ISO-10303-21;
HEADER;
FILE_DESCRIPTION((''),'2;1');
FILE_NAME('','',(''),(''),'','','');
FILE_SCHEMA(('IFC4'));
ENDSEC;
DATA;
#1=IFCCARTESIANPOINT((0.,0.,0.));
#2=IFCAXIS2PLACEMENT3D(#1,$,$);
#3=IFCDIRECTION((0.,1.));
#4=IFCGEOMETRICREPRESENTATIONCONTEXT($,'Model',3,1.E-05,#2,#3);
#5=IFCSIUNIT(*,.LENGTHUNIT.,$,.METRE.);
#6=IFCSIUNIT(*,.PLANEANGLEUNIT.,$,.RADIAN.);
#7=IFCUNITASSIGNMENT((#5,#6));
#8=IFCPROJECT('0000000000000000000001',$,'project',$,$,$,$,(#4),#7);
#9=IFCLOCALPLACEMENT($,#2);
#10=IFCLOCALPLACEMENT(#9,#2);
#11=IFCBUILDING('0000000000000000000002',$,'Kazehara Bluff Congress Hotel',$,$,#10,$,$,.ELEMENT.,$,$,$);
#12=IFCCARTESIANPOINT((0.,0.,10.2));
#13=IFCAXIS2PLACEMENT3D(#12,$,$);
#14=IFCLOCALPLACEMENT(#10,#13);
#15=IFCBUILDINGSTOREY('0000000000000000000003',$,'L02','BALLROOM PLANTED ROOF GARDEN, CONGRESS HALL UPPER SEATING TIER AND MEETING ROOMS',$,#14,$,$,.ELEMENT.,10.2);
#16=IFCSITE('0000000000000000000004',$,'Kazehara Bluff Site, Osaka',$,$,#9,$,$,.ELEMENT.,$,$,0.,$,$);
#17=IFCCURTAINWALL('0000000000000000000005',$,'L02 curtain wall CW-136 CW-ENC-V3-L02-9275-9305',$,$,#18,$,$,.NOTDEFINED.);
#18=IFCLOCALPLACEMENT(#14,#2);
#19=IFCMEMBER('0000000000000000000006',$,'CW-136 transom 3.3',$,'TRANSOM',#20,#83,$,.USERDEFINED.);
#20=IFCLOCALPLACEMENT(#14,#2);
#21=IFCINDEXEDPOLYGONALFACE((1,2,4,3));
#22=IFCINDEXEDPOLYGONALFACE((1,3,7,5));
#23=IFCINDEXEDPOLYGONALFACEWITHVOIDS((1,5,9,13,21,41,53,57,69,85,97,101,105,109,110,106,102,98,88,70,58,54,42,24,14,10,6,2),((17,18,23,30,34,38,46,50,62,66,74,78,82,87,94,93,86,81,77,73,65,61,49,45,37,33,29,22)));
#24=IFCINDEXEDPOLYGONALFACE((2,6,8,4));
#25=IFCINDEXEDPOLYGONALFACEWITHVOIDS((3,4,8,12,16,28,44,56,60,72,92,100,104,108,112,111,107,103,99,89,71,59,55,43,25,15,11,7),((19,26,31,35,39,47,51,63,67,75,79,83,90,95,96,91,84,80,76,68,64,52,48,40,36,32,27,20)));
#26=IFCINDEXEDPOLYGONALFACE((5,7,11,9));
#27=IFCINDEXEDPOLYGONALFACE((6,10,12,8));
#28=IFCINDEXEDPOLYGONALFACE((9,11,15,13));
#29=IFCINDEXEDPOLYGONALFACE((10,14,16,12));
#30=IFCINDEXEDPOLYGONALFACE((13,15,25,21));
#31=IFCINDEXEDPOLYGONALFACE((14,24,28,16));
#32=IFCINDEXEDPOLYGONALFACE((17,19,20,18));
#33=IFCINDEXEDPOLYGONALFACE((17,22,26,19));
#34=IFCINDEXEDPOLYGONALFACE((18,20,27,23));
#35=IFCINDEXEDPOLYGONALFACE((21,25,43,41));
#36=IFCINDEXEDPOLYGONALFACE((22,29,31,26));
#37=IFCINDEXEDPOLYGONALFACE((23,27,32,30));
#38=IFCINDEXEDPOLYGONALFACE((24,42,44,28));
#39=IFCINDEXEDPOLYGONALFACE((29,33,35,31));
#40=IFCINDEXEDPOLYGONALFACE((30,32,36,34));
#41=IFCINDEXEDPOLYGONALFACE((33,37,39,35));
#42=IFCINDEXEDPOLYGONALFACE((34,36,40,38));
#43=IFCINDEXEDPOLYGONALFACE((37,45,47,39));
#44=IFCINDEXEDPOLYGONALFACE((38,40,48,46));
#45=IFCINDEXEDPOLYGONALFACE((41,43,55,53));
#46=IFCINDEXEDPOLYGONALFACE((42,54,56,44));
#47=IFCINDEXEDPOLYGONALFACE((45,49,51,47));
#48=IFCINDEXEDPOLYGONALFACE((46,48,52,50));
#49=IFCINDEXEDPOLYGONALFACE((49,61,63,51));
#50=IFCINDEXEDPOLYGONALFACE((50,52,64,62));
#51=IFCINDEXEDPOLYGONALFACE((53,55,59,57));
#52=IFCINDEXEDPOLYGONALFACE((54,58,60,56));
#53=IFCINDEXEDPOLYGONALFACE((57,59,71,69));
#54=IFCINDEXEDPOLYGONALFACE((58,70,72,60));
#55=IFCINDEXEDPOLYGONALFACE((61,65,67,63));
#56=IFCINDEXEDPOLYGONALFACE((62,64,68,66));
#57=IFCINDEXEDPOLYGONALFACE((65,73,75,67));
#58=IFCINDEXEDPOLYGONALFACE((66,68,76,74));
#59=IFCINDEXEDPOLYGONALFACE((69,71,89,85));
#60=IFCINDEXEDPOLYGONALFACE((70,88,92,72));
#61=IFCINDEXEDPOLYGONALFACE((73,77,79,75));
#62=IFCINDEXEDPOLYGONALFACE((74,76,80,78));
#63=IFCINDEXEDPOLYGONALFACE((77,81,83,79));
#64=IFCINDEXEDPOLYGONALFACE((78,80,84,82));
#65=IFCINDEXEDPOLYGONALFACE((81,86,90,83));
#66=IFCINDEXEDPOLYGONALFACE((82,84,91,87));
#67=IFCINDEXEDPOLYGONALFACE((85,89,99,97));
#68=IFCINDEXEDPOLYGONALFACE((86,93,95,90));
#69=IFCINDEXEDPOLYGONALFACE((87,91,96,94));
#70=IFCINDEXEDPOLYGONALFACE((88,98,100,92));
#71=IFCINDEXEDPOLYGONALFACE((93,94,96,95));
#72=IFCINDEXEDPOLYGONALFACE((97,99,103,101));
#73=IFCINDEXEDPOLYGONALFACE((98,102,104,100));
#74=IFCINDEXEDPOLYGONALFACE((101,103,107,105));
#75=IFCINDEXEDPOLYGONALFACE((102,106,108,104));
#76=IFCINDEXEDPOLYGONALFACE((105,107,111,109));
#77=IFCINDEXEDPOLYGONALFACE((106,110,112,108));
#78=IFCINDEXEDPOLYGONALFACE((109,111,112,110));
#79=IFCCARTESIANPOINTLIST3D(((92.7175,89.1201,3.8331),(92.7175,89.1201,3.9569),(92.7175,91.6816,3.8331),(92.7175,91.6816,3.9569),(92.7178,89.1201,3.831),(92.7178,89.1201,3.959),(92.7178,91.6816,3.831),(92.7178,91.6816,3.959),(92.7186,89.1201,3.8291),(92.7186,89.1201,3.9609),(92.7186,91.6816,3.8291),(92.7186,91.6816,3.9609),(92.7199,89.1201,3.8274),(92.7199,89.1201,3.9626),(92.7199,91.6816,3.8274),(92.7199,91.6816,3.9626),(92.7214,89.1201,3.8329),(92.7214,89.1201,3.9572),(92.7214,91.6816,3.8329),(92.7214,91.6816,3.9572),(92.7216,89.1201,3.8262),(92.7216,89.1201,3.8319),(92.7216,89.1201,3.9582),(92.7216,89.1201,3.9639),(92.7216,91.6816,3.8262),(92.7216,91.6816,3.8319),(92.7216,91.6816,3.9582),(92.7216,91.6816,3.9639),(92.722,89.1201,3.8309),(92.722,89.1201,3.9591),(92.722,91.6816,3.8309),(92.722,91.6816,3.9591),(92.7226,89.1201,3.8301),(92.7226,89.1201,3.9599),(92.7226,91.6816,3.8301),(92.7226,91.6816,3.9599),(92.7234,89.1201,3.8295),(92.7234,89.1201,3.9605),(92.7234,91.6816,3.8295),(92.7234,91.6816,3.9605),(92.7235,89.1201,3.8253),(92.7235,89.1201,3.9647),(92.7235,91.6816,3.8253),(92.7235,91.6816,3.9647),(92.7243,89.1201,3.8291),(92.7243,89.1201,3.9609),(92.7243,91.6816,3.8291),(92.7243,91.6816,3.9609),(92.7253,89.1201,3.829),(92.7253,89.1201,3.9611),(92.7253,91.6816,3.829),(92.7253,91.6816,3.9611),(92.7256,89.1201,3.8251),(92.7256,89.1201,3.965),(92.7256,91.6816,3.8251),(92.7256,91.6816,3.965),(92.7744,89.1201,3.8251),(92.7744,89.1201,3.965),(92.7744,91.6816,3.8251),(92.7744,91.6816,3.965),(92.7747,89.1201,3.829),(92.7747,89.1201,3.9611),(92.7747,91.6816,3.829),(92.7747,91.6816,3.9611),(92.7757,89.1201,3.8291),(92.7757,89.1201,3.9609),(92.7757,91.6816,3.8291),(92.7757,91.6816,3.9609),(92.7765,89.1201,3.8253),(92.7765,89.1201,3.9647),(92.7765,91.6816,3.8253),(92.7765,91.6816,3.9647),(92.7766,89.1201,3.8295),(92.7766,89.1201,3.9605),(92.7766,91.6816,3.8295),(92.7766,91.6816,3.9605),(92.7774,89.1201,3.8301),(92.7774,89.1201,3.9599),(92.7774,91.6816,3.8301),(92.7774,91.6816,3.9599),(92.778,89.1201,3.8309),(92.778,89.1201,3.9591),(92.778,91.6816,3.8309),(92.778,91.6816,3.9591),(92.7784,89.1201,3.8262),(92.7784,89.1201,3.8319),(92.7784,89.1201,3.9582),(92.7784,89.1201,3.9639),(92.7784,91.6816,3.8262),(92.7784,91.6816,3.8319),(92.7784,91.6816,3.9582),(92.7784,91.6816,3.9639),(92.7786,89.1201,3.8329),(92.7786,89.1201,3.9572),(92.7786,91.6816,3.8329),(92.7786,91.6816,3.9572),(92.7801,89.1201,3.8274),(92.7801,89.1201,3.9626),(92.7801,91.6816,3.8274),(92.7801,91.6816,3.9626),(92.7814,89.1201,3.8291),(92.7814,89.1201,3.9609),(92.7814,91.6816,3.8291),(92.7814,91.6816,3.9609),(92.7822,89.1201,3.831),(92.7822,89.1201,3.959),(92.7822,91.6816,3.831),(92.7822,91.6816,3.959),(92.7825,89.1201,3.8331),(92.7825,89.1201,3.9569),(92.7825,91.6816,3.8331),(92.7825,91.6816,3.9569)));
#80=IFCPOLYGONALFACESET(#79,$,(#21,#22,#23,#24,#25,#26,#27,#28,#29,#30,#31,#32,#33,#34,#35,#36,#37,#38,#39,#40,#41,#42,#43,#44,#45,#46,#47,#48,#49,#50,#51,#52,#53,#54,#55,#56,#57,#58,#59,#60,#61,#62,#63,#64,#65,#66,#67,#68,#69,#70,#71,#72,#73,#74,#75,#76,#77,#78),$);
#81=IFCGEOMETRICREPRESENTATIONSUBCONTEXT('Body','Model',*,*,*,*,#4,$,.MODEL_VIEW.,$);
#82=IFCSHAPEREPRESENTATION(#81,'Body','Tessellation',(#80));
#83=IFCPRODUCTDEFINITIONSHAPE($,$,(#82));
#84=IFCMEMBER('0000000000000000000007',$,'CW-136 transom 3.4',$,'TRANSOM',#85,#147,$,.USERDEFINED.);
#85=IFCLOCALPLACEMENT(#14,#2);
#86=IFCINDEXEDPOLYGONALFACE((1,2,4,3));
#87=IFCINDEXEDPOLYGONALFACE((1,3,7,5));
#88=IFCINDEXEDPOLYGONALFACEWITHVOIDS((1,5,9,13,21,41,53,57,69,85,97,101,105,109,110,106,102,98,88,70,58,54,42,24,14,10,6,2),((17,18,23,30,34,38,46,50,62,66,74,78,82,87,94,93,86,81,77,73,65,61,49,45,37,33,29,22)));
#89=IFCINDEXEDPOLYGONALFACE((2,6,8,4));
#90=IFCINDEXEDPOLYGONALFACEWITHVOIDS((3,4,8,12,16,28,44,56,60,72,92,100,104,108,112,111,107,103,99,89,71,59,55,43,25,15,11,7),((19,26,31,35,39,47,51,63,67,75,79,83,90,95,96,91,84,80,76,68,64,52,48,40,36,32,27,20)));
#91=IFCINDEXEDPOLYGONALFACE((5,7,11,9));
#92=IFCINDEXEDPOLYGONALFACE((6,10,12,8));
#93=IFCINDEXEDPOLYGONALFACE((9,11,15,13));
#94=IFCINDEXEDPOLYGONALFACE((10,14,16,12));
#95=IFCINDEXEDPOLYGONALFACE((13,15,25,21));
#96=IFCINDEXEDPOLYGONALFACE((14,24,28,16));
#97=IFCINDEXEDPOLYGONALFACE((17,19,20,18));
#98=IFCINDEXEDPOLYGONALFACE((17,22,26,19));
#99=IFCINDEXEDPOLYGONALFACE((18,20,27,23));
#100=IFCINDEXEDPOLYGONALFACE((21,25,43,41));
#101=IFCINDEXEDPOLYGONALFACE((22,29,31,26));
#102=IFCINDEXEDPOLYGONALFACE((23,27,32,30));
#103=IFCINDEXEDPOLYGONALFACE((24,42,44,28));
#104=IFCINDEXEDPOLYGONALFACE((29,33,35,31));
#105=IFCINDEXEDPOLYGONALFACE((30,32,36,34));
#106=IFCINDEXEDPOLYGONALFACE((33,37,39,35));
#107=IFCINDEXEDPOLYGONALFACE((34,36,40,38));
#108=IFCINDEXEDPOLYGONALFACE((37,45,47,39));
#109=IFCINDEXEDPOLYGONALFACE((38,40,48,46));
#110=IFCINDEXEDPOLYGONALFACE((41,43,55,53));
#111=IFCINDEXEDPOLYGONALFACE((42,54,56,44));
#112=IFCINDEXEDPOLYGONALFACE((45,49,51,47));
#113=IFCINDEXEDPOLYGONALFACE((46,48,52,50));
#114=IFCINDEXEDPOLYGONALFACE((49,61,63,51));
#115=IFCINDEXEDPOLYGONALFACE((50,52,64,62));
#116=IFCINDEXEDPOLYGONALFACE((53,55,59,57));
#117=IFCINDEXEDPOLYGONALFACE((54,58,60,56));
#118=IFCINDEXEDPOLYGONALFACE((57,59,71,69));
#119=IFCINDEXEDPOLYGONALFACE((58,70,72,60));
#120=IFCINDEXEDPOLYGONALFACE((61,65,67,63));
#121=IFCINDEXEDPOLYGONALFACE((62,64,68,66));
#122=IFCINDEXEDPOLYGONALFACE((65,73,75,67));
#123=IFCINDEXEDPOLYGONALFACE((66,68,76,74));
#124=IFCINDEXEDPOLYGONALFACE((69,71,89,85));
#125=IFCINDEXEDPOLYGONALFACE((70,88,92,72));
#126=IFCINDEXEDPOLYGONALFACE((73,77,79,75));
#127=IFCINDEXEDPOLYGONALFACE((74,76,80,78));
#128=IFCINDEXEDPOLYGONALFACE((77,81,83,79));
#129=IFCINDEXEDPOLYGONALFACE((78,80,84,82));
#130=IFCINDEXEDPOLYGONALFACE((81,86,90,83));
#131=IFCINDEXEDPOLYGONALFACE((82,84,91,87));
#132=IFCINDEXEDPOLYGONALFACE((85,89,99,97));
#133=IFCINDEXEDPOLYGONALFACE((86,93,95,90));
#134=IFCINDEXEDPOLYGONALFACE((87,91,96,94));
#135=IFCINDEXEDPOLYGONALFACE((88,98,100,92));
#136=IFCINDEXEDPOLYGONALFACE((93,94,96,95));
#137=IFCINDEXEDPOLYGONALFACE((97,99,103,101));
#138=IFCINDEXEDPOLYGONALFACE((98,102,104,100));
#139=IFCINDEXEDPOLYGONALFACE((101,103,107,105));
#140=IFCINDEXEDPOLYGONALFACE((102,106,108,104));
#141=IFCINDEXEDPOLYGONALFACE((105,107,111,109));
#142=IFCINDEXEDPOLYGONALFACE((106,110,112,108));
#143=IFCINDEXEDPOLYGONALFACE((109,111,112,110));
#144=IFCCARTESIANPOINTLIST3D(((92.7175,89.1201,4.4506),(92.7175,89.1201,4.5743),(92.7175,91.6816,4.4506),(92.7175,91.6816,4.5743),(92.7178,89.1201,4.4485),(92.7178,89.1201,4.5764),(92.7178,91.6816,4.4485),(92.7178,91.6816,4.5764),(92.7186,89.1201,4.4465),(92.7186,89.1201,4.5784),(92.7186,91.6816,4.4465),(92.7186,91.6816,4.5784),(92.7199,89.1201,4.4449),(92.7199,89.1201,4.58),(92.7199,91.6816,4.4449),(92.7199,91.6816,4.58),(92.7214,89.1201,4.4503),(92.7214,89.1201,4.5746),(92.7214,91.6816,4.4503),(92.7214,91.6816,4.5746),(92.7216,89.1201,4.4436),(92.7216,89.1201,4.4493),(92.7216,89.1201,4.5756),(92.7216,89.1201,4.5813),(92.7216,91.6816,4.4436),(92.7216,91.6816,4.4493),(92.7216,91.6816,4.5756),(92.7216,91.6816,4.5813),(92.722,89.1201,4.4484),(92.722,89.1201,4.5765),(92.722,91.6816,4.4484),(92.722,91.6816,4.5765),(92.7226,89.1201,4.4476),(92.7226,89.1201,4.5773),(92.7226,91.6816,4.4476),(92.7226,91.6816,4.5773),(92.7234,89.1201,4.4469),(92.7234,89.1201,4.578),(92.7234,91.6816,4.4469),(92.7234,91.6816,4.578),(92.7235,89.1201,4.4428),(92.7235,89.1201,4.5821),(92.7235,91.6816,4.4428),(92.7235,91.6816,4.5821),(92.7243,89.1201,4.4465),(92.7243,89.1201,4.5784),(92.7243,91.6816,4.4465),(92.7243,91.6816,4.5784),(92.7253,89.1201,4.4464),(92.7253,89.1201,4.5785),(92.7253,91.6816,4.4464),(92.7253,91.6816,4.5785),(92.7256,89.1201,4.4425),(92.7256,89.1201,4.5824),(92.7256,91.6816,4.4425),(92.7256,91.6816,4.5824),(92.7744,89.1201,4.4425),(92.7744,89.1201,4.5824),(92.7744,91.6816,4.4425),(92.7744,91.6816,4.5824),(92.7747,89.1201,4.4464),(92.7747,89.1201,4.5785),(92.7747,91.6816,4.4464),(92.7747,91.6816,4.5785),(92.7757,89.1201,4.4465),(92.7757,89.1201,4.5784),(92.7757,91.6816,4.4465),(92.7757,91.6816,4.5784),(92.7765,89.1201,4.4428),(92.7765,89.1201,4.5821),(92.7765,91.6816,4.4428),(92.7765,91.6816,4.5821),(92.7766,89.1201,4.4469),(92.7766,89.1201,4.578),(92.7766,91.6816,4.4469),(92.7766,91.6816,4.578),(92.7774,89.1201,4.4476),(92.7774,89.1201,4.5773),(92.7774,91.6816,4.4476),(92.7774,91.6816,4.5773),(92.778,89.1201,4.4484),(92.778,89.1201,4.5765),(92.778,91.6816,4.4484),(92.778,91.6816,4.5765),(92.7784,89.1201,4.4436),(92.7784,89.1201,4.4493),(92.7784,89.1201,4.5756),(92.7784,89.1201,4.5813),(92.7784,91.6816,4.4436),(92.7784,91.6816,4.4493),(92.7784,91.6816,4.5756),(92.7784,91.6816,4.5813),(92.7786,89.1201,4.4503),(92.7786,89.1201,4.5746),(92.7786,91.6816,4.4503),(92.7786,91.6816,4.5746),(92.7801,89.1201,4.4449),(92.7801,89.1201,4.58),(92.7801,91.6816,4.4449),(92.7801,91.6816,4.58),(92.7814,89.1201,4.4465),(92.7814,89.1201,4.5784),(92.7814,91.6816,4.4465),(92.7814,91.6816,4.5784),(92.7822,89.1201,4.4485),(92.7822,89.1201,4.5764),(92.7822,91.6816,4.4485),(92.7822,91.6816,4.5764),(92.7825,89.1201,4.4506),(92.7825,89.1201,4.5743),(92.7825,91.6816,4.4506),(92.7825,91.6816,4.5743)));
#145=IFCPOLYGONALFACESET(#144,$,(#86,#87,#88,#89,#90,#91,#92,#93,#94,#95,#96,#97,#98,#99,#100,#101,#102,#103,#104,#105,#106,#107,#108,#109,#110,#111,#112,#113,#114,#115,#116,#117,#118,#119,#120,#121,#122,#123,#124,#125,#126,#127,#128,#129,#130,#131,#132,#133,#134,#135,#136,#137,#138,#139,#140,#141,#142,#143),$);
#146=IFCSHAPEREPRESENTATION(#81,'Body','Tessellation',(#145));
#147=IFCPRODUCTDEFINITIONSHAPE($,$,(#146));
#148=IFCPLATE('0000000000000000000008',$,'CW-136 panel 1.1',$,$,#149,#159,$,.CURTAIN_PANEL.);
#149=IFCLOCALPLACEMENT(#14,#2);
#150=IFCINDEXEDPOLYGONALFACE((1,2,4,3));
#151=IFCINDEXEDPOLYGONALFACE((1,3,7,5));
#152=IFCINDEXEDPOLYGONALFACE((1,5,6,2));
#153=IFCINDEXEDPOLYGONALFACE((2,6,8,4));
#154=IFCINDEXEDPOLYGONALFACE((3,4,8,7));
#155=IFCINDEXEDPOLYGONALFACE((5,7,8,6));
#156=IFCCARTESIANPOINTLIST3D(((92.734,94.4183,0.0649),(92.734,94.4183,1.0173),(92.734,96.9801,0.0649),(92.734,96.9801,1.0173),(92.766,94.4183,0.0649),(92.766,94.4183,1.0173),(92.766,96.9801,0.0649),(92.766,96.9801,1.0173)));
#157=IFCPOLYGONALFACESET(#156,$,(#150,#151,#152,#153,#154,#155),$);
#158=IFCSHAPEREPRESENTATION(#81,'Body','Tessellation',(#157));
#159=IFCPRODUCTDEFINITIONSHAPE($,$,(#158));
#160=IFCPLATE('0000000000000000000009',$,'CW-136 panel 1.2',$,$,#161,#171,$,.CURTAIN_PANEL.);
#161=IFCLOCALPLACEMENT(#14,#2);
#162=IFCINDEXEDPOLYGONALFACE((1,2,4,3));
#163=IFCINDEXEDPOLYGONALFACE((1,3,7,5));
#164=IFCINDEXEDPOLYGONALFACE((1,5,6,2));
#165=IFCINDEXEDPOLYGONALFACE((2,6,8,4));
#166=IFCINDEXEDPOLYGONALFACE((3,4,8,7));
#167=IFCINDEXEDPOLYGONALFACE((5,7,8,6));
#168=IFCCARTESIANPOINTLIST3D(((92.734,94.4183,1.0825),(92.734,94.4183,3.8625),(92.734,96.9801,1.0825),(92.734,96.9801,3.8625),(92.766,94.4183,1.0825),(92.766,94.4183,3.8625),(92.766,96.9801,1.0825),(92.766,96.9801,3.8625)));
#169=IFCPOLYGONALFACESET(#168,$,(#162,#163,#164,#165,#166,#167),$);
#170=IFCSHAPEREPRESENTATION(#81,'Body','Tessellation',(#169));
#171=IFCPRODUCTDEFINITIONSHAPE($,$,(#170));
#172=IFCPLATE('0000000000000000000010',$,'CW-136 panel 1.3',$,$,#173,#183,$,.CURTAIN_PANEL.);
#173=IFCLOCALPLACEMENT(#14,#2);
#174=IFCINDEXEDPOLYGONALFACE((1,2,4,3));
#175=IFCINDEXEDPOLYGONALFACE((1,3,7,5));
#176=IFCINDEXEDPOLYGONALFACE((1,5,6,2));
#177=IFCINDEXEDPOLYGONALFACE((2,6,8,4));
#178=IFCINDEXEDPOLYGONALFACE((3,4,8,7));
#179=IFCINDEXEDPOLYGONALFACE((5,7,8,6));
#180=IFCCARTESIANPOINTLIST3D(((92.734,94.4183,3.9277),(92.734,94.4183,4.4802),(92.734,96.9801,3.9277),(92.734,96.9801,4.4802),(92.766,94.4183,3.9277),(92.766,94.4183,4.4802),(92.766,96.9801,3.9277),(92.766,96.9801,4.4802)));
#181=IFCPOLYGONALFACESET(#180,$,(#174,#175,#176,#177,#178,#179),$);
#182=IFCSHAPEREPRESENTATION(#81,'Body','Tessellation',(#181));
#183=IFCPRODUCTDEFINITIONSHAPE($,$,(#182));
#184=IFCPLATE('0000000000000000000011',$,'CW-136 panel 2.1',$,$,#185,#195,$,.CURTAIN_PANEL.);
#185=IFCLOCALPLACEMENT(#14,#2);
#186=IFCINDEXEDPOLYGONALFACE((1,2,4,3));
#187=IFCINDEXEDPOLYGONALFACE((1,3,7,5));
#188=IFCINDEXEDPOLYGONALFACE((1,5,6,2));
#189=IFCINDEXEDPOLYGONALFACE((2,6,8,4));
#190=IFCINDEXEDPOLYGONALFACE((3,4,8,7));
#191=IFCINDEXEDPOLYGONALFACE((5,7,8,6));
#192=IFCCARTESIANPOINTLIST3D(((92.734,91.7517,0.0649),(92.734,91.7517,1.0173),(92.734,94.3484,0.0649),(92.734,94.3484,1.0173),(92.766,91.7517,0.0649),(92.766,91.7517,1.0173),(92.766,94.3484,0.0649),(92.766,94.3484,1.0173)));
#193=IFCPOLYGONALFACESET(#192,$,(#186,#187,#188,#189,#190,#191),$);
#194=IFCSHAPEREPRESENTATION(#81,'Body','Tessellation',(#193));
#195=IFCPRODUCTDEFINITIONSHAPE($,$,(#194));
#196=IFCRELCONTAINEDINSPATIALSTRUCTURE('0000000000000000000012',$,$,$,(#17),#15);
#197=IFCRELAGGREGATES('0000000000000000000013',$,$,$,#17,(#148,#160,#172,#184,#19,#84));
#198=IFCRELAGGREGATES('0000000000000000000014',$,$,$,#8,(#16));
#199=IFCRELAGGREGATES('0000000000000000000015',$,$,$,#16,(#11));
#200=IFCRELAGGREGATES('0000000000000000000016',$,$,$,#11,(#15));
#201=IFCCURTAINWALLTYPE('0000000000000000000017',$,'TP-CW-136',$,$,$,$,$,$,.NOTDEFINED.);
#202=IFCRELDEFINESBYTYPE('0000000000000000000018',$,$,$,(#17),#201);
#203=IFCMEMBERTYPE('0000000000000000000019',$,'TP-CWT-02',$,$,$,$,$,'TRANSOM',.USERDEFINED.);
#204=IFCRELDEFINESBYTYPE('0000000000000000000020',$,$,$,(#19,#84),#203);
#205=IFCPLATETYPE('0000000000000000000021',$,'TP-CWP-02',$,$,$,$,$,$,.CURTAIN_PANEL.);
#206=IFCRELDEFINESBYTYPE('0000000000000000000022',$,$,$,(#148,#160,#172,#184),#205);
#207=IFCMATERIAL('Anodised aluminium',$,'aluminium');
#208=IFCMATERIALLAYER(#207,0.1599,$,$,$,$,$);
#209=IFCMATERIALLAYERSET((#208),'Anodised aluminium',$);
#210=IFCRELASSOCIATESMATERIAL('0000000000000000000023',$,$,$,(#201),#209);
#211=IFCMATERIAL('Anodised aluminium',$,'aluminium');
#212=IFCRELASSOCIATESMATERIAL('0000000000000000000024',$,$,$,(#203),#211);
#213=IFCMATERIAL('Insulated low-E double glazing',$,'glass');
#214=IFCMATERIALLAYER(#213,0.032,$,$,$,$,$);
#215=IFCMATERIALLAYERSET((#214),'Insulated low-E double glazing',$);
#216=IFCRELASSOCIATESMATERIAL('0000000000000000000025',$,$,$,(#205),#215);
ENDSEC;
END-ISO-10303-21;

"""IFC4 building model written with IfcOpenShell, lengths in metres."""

from ifc_helpers import new_model, si_unit, direction, frame, origin, origin_2d, place, context, subcontext, project, spatial, rectangle, hollow_rectangle, extrude, material, layer, layer_set, material_profile, profile_set, type_object, element, aggregate, save


model = new_model("IFC4")

# Units and contexts
model_context = context("Model", 3, precision=1e-05, world=origin(), true_north=direction((0.0, 1.0)))
body_context = subcontext(model_context, "Body", "Model", "MODEL_VIEW")
ifc_project = project(units=[si_unit("LENGTHUNIT", "METRE"), si_unit("PLANEANGLEUNIT", "RADIAN")], contexts=[model_context])

# Site, building, storey
site_placement = place(None, origin())
site = spatial("IfcSite", under=ifc_project, at=site_placement, Name="Kazehara Bluff Site, Osaka", CompositionType="ELEMENT", RefElevation=0.0)
building_placement = place(site_placement, origin())
building = spatial("IfcBuilding", under=site, at=building_placement, Name="Kazehara Bluff Congress Hotel", CompositionType="ELEMENT")
storey_placement = place(building_placement, frame((0.0, 0.0, 10.2)))
storey = spatial("IfcBuildingStorey", under=building, at=storey_placement, Name="L02", Description="BALLROOM PLANTED ROOF GARDEN, CONGRESS HALL UPPER SEATING TIER AND MEETING ROOMS", CompositionType="ELEMENT", Elevation=10.2)

# Curtain wall
ifc_material_1 = material(Name="Anodised aluminium", Category="aluminium")
ifc_layer_1 = layer(ifc_material_1, 0.1599)
ifc_layer_set_1 = layer_set([ifc_layer_1], Name="Anodised aluminium")
curtain_wall_type_1 = type_object("IfcCurtainWallType", Name="TP-CW-136", PredefinedType="NOTDEFINED", material=ifc_layer_set_1)
curtain_wall_1_placement = place(storey_placement, origin())
curtain_wall_1 = element("IfcCurtainWall", 1, at=curtain_wall_1_placement, inside=storey, type_object=curtain_wall_type_1, Name="L02 curtain wall CW-136 CW-ENC-V3-L02-9275-9305", PredefinedType="NOTDEFINED")

# Members
ifc_material_2 = material(Name="Anodised aluminium", Category="aluminium")
ifc_material_profile_1 = material_profile(ifc_material_2, hollow_rectangle(XDim=0.0649, YDim=0.1399, WallThickness=0.0039, InnerFilletRadius=0.0039, OuterFilletRadius=0.0081, at=origin_2d()))
ifc_profile_set_1 = profile_set([ifc_material_profile_1], Name="Anodised aluminium")
member_type_1 = type_object("IfcMemberType", Name="TP-CWT-02", ElementType="TRANSOM", PredefinedType="USERDEFINED", material=ifc_profile_set_1)
member_1_placement = place(storey_placement, frame((92.75, 91.6816, 3.895), z_axis=(0.0, -1.0, 0.0), x_axis=(1.0, 0.0, 0.0)))
member_1 = element("IfcMember", 2, at=member_1_placement, type_object=member_type_1, Name="CW-136 transom 3.3", ObjectType="TRANSOM", PredefinedType="USERDEFINED", context=body_context, shape_type="SweptSolid", body=[
    extrude(hollow_rectangle(XDim=0.0649, YDim=0.1399, WallThickness=0.0039, InnerFilletRadius=0.0039, OuterFilletRadius=0.0081, at=origin_2d()), origin(), (0.0, 0.0, 1.0), 2.5615),
])
member_2_placement = place(storey_placement, frame((92.75, 91.6816, 4.5125), z_axis=(0.0, -1.0, 0.0), x_axis=(1.0, 0.0, 0.0)))
member_2 = element("IfcMember", 3, at=member_2_placement, type_object=member_type_1, Name="CW-136 transom 3.4", ObjectType="TRANSOM", PredefinedType="USERDEFINED", context=body_context, shape_type="SweptSolid", body=[
    extrude(hollow_rectangle(XDim=0.0649, YDim=0.1399, WallThickness=0.0039, InnerFilletRadius=0.0039, OuterFilletRadius=0.0081, at=origin_2d()), origin(), (0.0, 0.0, 1.0), 2.5615),
])

# Plates
ifc_material_3 = material(Name="Insulated low-E double glazing", Category="glass")
ifc_layer_2 = layer(ifc_material_3, 0.032)
ifc_layer_set_2 = layer_set([ifc_layer_2], Name="Insulated low-E double glazing")
plate_type = type_object("IfcPlateType", Name="TP-CWP-02", PredefinedType="CURTAIN_PANEL", material=ifc_layer_set_2)
plate_1_placement = place(storey_placement, frame((92.75, 95.6992, 0.0649), z_axis=(0.0, 0.0, 1.0), x_axis=(0.0, -1.0, 0.0)))
plate_1 = element("IfcPlate", 4, at=plate_1_placement, type_object=plate_type, Name="CW-136 panel 1.1", PredefinedType="CURTAIN_PANEL", context=body_context, shape_type="SweptSolid", body=[
    extrude(rectangle(XDim=2.5618, YDim=0.032, at=origin_2d()), origin(), (0.0, 0.0, 1.0), 0.9524),
])
plate_2_placement = place(storey_placement, frame((92.75, 95.6992, 1.0825), z_axis=(0.0, 0.0, 1.0), x_axis=(0.0, -1.0, 0.0)))
plate_2 = element("IfcPlate", 5, at=plate_2_placement, type_object=plate_type, Name="CW-136 panel 1.2", PredefinedType="CURTAIN_PANEL", context=body_context, shape_type="SweptSolid", body=[
    extrude(rectangle(XDim=2.5618, YDim=0.032, at=origin_2d()), origin(), (0.0, 0.0, 1.0), 2.78),
])
plate_3_placement = place(storey_placement, frame((92.75, 95.6992, 3.9277), z_axis=(0.0, 0.0, 1.0), x_axis=(0.0, -1.0, 0.0)))
plate_3 = element("IfcPlate", 6, at=plate_3_placement, type_object=plate_type, Name="CW-136 panel 1.3", PredefinedType="CURTAIN_PANEL", context=body_context, shape_type="SweptSolid", body=[
    extrude(rectangle(XDim=2.5618, YDim=0.032, at=origin_2d()), origin(), (0.0, 0.0, 1.0), 0.5525),
])
plate_4_placement = place(storey_placement, frame((92.75, 93.05, 0.0649), z_axis=(0.0, 0.0, 1.0), x_axis=(0.0, -1.0, 0.0)))
plate_4 = element("IfcPlate", 7, at=plate_4_placement, type_object=plate_type, Name="CW-136 panel 2.1", PredefinedType="CURTAIN_PANEL", context=body_context, shape_type="SweptSolid", body=[
    extrude(rectangle(XDim=2.5967, YDim=0.032, at=origin_2d()), origin(), (0.0, 0.0, 1.0), 0.9524),
])
aggregate(curtain_wall_1, [plate_1, plate_2, plate_3, plate_4, member_1, member_2])

save(model, "model.ifc")
